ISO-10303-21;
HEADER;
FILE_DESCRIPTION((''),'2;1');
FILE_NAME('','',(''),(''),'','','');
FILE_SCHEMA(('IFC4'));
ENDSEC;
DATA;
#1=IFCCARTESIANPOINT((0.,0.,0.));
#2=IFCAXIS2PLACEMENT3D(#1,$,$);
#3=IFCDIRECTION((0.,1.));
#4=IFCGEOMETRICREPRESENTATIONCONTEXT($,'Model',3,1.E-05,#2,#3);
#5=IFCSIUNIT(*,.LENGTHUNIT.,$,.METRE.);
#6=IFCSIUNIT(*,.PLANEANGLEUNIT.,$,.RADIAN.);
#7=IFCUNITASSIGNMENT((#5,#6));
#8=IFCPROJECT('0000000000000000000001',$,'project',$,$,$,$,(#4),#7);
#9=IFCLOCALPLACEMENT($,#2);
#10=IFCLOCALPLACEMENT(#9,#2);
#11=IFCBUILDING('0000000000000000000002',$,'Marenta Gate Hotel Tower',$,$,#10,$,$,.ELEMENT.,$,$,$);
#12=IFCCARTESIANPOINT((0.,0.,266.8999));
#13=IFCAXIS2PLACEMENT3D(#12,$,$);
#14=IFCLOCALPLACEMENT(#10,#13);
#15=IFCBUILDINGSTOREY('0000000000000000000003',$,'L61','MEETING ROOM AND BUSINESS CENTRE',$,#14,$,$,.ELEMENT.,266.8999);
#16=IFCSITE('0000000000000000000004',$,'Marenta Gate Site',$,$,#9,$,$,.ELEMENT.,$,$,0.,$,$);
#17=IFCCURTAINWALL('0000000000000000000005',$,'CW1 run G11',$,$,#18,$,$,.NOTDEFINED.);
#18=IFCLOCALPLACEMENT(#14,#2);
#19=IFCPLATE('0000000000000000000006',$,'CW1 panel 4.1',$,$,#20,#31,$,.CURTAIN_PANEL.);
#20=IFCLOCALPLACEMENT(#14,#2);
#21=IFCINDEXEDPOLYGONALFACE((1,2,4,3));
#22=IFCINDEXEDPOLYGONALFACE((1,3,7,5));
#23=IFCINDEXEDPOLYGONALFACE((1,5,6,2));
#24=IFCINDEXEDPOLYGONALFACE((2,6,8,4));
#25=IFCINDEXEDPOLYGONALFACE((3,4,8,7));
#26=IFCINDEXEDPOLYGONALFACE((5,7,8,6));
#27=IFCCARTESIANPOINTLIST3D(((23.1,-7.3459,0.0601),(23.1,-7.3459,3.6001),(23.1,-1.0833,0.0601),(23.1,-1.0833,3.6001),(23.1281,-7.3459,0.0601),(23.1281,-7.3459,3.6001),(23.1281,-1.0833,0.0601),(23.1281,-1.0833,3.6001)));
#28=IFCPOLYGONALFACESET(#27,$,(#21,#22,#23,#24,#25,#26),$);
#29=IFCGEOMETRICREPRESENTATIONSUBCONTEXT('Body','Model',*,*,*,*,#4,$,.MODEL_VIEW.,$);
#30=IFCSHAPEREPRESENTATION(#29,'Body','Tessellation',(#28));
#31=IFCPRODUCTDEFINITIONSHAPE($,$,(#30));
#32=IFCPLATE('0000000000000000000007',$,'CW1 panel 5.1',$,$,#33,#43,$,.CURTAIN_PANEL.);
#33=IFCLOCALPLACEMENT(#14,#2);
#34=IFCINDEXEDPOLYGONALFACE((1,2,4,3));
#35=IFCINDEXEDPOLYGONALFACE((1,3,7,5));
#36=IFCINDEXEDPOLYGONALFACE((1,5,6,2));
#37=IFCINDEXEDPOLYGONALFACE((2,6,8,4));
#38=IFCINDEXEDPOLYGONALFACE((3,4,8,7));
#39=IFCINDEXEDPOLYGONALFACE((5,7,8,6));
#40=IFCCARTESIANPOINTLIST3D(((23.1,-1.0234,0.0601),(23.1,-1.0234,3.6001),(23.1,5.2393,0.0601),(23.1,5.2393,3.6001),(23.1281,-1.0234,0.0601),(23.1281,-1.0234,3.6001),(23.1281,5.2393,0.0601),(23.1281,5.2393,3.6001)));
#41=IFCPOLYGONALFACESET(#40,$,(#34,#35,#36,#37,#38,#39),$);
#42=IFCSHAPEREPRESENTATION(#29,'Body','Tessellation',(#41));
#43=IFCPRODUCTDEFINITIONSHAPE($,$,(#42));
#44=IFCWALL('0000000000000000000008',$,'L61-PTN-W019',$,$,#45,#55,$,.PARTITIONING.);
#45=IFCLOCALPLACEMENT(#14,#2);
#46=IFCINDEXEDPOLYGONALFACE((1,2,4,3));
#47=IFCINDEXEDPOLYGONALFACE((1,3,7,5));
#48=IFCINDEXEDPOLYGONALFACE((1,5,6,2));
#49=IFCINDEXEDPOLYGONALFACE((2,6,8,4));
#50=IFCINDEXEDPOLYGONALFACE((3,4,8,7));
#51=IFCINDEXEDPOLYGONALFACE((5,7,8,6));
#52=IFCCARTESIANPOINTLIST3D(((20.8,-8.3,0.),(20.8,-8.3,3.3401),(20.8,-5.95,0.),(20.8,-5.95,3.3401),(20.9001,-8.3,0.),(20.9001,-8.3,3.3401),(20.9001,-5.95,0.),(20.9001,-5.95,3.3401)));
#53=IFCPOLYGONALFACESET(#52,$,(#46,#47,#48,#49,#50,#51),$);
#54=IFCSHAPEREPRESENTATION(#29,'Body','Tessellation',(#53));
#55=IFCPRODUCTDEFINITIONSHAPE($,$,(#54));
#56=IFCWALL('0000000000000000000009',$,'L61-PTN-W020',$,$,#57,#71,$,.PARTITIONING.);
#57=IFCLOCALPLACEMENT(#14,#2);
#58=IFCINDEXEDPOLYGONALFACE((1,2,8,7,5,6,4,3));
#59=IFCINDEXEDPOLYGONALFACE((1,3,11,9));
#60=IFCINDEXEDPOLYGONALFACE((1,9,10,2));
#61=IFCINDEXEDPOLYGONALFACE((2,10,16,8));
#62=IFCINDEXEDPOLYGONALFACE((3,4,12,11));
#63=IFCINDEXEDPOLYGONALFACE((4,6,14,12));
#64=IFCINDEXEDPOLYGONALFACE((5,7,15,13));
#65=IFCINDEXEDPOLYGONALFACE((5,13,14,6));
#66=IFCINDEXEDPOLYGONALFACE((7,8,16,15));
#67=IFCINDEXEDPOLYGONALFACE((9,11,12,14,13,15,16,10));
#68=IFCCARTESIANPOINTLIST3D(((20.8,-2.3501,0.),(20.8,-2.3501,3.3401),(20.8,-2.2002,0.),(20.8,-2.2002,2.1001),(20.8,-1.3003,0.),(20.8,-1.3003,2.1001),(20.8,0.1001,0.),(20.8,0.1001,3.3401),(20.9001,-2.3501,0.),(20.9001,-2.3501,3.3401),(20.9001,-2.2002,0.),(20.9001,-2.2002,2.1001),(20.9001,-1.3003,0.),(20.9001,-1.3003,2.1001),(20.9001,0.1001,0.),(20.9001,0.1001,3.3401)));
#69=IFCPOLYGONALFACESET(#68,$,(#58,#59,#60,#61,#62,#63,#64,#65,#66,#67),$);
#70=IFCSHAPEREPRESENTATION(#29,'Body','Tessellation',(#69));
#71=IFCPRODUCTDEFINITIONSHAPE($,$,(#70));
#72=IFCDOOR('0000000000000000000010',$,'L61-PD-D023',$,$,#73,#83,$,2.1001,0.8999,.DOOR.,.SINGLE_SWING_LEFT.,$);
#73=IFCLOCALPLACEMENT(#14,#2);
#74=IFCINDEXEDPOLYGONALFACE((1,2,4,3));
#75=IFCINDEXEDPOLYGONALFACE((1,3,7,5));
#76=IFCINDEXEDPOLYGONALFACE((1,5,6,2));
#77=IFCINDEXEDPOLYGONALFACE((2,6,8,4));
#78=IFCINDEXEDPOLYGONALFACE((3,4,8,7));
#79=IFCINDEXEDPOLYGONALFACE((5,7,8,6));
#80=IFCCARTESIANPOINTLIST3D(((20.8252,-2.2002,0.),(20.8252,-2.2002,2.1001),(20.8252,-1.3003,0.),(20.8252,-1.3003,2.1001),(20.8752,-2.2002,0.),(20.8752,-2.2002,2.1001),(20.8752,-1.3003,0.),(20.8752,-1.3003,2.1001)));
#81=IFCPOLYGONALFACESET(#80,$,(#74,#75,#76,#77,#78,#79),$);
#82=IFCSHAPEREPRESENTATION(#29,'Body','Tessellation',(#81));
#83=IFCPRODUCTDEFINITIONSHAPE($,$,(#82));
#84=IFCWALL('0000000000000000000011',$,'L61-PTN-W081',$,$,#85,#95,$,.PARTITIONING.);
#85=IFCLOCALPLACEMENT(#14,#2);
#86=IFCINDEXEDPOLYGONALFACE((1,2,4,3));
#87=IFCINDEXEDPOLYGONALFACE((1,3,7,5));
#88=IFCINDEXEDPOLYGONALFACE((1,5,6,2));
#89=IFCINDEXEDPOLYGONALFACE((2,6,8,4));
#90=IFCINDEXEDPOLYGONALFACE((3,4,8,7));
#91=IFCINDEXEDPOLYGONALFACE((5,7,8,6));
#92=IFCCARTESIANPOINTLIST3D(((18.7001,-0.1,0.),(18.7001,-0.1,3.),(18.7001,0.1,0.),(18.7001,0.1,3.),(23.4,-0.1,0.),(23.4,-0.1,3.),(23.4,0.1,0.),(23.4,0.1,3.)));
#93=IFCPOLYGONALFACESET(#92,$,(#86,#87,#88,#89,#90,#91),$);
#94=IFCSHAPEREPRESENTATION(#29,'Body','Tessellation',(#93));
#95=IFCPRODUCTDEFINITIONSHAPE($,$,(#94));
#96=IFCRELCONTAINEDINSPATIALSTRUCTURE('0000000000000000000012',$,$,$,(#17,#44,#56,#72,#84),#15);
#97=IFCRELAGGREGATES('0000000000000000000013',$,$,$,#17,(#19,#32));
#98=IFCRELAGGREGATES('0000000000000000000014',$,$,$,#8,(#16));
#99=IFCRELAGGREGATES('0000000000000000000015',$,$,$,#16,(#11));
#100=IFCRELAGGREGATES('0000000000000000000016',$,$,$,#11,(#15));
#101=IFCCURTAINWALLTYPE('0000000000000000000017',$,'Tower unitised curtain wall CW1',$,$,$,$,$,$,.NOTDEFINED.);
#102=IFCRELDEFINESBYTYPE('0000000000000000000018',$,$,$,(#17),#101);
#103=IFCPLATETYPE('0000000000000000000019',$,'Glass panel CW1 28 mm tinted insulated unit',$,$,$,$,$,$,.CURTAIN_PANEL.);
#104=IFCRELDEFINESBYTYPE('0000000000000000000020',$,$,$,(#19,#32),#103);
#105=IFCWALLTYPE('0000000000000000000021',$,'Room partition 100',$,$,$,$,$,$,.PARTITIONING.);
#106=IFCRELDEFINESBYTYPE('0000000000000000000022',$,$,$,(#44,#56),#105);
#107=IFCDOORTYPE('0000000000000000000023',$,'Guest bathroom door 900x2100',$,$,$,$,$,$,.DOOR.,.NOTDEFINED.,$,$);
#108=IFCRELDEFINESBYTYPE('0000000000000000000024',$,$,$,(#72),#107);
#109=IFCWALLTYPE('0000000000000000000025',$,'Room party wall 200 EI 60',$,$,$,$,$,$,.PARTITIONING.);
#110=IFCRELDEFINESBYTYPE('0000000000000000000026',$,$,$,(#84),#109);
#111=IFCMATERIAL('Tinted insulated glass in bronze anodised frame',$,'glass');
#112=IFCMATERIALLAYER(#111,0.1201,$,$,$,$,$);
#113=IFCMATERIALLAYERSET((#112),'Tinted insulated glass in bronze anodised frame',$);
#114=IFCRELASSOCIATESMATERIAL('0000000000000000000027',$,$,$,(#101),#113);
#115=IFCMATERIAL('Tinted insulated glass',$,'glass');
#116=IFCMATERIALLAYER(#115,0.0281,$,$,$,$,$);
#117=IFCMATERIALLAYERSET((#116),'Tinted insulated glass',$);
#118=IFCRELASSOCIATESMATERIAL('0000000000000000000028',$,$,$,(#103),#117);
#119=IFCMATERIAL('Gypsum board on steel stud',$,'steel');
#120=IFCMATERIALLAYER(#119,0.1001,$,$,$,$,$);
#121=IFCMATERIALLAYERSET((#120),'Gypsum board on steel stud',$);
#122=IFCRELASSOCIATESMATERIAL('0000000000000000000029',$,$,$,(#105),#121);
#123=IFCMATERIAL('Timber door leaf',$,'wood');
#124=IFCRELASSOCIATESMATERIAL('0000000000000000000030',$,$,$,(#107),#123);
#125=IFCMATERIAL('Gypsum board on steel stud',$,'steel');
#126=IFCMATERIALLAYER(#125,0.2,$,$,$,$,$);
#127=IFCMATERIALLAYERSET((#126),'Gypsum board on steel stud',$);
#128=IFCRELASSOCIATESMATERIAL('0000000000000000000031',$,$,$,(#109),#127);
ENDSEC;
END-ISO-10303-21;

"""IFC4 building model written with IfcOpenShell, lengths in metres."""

from ifc_helpers import new_model, si_unit, direction, frame, frame_2d, origin, origin_2d, place, context, subcontext, project, spatial, rectangle, extrude, material, layer, layer_set, type_object, element, fill, aggregate, save


model = new_model("IFC4")

# Units and contexts
model_context = context("Model", 3, precision=1e-05, world=origin(), true_north=direction((0.0, 1.0)))
body_context = subcontext(model_context, "Body", "Model", "MODEL_VIEW")
ifc_project = project(units=[si_unit("LENGTHUNIT", "METRE"), si_unit("PLANEANGLEUNIT", "RADIAN")], contexts=[model_context])

# Site, building, storey
site_placement = place(None, origin())
site = spatial("IfcSite", under=ifc_project, at=site_placement, Name="Marenta Gate Site", CompositionType="ELEMENT", RefElevation=0.0)
building_placement = place(site_placement, origin())
building = spatial("IfcBuilding", under=site, at=building_placement, Name="Marenta Gate Hotel Tower", CompositionType="ELEMENT")
storey_placement = place(building_placement, frame((0.0, 0.0, 266.8999)))
storey = spatial("IfcBuildingStorey", under=building, at=storey_placement, Name="L61", Description="MEETING ROOM AND BUSINESS CENTRE", CompositionType="ELEMENT", Elevation=266.8999)

# Curtain wall, plates
ifc_material_1 = material(Name="Tinted insulated glass in bronze anodised frame", Category="glass")
ifc_layer_1 = layer(ifc_material_1, 0.1201)
ifc_layer_set_1 = layer_set([ifc_layer_1], Name="Tinted insulated glass in bronze anodised frame")
curtain_wall_type = type_object("IfcCurtainWallType", Name="Tower unitised curtain wall CW1", PredefinedType="NOTDEFINED", material=ifc_layer_set_1)
curtain_wall_placement = place(storey_placement, origin())
curtain_wall = element("IfcCurtainWall", 1, at=curtain_wall_placement, inside=storey, type_object=curtain_wall_type, Name="CW1 run G11", PredefinedType="NOTDEFINED")
ifc_material_2 = material(Name="Tinted insulated glass", Category="glass")
ifc_layer_2 = layer(ifc_material_2, 0.0281)
ifc_layer_set_2 = layer_set([ifc_layer_2], Name="Tinted insulated glass")
plate_type = type_object("IfcPlateType", Name="Glass panel CW1 28 mm tinted insulated unit", PredefinedType="CURTAIN_PANEL", material=ifc_layer_set_2)
plate_1_placement = place(storey_placement, frame((23.114, -4.2146, 0.0601), z_axis=(0.0, 0.0, 1.0), x_axis=(0.0, 1.0, 0.0)))
plate_1 = element("IfcPlate", 2, at=plate_1_placement, type_object=plate_type, Name="CW1 panel 4.1", PredefinedType="CURTAIN_PANEL", context=body_context, shape_type="SweptSolid", body=[
    extrude(rectangle(XDim=6.2627, YDim=0.0281, at=origin_2d()), origin(), (0.0, 0.0, 1.0), 3.54),
])
plate_2_placement = place(storey_placement, frame((23.114, 2.1079, 0.0601), z_axis=(0.0, 0.0, 1.0), x_axis=(0.0, 1.0, 0.0)))
plate_2 = element("IfcPlate", 3, at=plate_2_placement, type_object=plate_type, Name="CW1 panel 5.1", PredefinedType="CURTAIN_PANEL", context=body_context, shape_type="SweptSolid", body=[
    extrude(rectangle(XDim=6.2627, YDim=0.0281, at=origin_2d()), origin(), (0.0, 0.0, 1.0), 3.54),
])
aggregate(curtain_wall, [plate_1, plate_2])

# Wall
ifc_material_3 = material(Name="Gypsum board on steel stud", Category="steel")
ifc_layer_3 = layer(ifc_material_3, 0.1001)
ifc_layer_set_3 = layer_set([ifc_layer_3], Name="Gypsum board on steel stud")
wall_type_1 = type_object("IfcWallType", Name="Room partition 100", PredefinedType="PARTITIONING", material=ifc_layer_set_3)
wall_1_placement = place(storey_placement, frame((20.8501, -8.3, 0.0), z_axis=(0.0, 0.0, 1.0), x_axis=(0.0, 1.0, 0.0)))
element("IfcWall", 4, at=wall_1_placement, inside=storey, type_object=wall_type_1, Name="L61-PTN-W019", PredefinedType="PARTITIONING", context=body_context, shape_type="SweptSolid", body=[
    extrude(rectangle(XDim=2.3501, YDim=0.1001, at=frame_2d((1.175, 0.0))), origin(), (0.0, 0.0, 1.0), 3.3401),
])

# Wall, opening, door
wall_2_placement = place(storey_placement, frame((20.8501, -2.3501, 0.0), z_axis=(0.0, 0.0, 1.0), x_axis=(0.0, 1.0, 0.0)))
wall_2 = element("IfcWall", 5, at=wall_2_placement, inside=storey, type_object=wall_type_1, Name="L61-PTN-W020", PredefinedType="PARTITIONING", context=body_context, shape_type="SweptSolid", body=[
    extrude(rectangle(XDim=2.4502, YDim=0.1001, at=frame_2d((1.2251, 0.0))), origin(), (0.0, 0.0, 1.0), 3.3401),
])
opening_placement = place(wall_2_placement, frame((0.1499, 0.0, 0.0)))
opening = element("IfcOpeningElement", 6, at=opening_placement, cuts=wall_2, PredefinedType="OPENING", context=body_context, shape_type="SweptSolid", body=[
    extrude(rectangle(XDim=0.8999, YDim=2.1001, at=frame_2d((0.45, 1.05))), frame((0.0, 0.05, 0.0), z_axis=(0.0, -1.0, 0.0), x_axis=(1.0, 0.0, 0.0)), (0.0, 0.0, 1.0), 0.1001),
])
ifc_material_4 = material(Name="Timber door leaf", Category="wood")
door_type = type_object("IfcDoorType", Name="Guest bathroom door 900x2100", OperationType="NOTDEFINED", PredefinedType="DOOR", material=ifc_material_4)
door_placement = place(opening_placement, origin())
door = element("IfcDoor", 7, at=door_placement, inside=storey, type_object=door_type, Name="L61-PD-D023", OperationType="SINGLE_SWING_LEFT", OverallHeight=2.1001, OverallWidth=0.8999, PredefinedType="DOOR", context=body_context, shape_type="SweptSolid", body=[
    extrude(rectangle(XDim=0.8999, YDim=2.1001, at=frame_2d((0.45, 1.05))), frame((0.0, 0.0249, 0.0), z_axis=(0.0, -1.0, 0.0), x_axis=(1.0, 0.0, 0.0)), (0.0, 0.0, 1.0), 0.05),
])
fill(opening, door)

# Wall
ifc_material_5 = material(Name="Gypsum board on steel stud", Category="steel")
ifc_layer_4 = layer(ifc_material_5, 0.2)
ifc_layer_set_4 = layer_set([ifc_layer_4], Name="Gypsum board on steel stud")
wall_type_2 = type_object("IfcWallType", Name="Room party wall 200 EI 60", PredefinedType="PARTITIONING", material=ifc_layer_set_4)
wall_3_placement = place(storey_placement, frame((18.7, 0.0, 0.0), z_axis=(0.0, 0.0, 1.0), x_axis=(1.0, 0.0, 0.0)))
element("IfcWall", 8, at=wall_3_placement, inside=storey, type_object=wall_type_2, Name="L61-PTN-W081", PredefinedType="PARTITIONING", context=body_context, shape_type="SweptSolid", body=[
    extrude(rectangle(XDim=4.7, YDim=0.2, at=frame_2d((2.3501, 0.0))), origin(), (0.0, 0.0, 1.0), 3.0),
])

save(model, "model.ifc")
